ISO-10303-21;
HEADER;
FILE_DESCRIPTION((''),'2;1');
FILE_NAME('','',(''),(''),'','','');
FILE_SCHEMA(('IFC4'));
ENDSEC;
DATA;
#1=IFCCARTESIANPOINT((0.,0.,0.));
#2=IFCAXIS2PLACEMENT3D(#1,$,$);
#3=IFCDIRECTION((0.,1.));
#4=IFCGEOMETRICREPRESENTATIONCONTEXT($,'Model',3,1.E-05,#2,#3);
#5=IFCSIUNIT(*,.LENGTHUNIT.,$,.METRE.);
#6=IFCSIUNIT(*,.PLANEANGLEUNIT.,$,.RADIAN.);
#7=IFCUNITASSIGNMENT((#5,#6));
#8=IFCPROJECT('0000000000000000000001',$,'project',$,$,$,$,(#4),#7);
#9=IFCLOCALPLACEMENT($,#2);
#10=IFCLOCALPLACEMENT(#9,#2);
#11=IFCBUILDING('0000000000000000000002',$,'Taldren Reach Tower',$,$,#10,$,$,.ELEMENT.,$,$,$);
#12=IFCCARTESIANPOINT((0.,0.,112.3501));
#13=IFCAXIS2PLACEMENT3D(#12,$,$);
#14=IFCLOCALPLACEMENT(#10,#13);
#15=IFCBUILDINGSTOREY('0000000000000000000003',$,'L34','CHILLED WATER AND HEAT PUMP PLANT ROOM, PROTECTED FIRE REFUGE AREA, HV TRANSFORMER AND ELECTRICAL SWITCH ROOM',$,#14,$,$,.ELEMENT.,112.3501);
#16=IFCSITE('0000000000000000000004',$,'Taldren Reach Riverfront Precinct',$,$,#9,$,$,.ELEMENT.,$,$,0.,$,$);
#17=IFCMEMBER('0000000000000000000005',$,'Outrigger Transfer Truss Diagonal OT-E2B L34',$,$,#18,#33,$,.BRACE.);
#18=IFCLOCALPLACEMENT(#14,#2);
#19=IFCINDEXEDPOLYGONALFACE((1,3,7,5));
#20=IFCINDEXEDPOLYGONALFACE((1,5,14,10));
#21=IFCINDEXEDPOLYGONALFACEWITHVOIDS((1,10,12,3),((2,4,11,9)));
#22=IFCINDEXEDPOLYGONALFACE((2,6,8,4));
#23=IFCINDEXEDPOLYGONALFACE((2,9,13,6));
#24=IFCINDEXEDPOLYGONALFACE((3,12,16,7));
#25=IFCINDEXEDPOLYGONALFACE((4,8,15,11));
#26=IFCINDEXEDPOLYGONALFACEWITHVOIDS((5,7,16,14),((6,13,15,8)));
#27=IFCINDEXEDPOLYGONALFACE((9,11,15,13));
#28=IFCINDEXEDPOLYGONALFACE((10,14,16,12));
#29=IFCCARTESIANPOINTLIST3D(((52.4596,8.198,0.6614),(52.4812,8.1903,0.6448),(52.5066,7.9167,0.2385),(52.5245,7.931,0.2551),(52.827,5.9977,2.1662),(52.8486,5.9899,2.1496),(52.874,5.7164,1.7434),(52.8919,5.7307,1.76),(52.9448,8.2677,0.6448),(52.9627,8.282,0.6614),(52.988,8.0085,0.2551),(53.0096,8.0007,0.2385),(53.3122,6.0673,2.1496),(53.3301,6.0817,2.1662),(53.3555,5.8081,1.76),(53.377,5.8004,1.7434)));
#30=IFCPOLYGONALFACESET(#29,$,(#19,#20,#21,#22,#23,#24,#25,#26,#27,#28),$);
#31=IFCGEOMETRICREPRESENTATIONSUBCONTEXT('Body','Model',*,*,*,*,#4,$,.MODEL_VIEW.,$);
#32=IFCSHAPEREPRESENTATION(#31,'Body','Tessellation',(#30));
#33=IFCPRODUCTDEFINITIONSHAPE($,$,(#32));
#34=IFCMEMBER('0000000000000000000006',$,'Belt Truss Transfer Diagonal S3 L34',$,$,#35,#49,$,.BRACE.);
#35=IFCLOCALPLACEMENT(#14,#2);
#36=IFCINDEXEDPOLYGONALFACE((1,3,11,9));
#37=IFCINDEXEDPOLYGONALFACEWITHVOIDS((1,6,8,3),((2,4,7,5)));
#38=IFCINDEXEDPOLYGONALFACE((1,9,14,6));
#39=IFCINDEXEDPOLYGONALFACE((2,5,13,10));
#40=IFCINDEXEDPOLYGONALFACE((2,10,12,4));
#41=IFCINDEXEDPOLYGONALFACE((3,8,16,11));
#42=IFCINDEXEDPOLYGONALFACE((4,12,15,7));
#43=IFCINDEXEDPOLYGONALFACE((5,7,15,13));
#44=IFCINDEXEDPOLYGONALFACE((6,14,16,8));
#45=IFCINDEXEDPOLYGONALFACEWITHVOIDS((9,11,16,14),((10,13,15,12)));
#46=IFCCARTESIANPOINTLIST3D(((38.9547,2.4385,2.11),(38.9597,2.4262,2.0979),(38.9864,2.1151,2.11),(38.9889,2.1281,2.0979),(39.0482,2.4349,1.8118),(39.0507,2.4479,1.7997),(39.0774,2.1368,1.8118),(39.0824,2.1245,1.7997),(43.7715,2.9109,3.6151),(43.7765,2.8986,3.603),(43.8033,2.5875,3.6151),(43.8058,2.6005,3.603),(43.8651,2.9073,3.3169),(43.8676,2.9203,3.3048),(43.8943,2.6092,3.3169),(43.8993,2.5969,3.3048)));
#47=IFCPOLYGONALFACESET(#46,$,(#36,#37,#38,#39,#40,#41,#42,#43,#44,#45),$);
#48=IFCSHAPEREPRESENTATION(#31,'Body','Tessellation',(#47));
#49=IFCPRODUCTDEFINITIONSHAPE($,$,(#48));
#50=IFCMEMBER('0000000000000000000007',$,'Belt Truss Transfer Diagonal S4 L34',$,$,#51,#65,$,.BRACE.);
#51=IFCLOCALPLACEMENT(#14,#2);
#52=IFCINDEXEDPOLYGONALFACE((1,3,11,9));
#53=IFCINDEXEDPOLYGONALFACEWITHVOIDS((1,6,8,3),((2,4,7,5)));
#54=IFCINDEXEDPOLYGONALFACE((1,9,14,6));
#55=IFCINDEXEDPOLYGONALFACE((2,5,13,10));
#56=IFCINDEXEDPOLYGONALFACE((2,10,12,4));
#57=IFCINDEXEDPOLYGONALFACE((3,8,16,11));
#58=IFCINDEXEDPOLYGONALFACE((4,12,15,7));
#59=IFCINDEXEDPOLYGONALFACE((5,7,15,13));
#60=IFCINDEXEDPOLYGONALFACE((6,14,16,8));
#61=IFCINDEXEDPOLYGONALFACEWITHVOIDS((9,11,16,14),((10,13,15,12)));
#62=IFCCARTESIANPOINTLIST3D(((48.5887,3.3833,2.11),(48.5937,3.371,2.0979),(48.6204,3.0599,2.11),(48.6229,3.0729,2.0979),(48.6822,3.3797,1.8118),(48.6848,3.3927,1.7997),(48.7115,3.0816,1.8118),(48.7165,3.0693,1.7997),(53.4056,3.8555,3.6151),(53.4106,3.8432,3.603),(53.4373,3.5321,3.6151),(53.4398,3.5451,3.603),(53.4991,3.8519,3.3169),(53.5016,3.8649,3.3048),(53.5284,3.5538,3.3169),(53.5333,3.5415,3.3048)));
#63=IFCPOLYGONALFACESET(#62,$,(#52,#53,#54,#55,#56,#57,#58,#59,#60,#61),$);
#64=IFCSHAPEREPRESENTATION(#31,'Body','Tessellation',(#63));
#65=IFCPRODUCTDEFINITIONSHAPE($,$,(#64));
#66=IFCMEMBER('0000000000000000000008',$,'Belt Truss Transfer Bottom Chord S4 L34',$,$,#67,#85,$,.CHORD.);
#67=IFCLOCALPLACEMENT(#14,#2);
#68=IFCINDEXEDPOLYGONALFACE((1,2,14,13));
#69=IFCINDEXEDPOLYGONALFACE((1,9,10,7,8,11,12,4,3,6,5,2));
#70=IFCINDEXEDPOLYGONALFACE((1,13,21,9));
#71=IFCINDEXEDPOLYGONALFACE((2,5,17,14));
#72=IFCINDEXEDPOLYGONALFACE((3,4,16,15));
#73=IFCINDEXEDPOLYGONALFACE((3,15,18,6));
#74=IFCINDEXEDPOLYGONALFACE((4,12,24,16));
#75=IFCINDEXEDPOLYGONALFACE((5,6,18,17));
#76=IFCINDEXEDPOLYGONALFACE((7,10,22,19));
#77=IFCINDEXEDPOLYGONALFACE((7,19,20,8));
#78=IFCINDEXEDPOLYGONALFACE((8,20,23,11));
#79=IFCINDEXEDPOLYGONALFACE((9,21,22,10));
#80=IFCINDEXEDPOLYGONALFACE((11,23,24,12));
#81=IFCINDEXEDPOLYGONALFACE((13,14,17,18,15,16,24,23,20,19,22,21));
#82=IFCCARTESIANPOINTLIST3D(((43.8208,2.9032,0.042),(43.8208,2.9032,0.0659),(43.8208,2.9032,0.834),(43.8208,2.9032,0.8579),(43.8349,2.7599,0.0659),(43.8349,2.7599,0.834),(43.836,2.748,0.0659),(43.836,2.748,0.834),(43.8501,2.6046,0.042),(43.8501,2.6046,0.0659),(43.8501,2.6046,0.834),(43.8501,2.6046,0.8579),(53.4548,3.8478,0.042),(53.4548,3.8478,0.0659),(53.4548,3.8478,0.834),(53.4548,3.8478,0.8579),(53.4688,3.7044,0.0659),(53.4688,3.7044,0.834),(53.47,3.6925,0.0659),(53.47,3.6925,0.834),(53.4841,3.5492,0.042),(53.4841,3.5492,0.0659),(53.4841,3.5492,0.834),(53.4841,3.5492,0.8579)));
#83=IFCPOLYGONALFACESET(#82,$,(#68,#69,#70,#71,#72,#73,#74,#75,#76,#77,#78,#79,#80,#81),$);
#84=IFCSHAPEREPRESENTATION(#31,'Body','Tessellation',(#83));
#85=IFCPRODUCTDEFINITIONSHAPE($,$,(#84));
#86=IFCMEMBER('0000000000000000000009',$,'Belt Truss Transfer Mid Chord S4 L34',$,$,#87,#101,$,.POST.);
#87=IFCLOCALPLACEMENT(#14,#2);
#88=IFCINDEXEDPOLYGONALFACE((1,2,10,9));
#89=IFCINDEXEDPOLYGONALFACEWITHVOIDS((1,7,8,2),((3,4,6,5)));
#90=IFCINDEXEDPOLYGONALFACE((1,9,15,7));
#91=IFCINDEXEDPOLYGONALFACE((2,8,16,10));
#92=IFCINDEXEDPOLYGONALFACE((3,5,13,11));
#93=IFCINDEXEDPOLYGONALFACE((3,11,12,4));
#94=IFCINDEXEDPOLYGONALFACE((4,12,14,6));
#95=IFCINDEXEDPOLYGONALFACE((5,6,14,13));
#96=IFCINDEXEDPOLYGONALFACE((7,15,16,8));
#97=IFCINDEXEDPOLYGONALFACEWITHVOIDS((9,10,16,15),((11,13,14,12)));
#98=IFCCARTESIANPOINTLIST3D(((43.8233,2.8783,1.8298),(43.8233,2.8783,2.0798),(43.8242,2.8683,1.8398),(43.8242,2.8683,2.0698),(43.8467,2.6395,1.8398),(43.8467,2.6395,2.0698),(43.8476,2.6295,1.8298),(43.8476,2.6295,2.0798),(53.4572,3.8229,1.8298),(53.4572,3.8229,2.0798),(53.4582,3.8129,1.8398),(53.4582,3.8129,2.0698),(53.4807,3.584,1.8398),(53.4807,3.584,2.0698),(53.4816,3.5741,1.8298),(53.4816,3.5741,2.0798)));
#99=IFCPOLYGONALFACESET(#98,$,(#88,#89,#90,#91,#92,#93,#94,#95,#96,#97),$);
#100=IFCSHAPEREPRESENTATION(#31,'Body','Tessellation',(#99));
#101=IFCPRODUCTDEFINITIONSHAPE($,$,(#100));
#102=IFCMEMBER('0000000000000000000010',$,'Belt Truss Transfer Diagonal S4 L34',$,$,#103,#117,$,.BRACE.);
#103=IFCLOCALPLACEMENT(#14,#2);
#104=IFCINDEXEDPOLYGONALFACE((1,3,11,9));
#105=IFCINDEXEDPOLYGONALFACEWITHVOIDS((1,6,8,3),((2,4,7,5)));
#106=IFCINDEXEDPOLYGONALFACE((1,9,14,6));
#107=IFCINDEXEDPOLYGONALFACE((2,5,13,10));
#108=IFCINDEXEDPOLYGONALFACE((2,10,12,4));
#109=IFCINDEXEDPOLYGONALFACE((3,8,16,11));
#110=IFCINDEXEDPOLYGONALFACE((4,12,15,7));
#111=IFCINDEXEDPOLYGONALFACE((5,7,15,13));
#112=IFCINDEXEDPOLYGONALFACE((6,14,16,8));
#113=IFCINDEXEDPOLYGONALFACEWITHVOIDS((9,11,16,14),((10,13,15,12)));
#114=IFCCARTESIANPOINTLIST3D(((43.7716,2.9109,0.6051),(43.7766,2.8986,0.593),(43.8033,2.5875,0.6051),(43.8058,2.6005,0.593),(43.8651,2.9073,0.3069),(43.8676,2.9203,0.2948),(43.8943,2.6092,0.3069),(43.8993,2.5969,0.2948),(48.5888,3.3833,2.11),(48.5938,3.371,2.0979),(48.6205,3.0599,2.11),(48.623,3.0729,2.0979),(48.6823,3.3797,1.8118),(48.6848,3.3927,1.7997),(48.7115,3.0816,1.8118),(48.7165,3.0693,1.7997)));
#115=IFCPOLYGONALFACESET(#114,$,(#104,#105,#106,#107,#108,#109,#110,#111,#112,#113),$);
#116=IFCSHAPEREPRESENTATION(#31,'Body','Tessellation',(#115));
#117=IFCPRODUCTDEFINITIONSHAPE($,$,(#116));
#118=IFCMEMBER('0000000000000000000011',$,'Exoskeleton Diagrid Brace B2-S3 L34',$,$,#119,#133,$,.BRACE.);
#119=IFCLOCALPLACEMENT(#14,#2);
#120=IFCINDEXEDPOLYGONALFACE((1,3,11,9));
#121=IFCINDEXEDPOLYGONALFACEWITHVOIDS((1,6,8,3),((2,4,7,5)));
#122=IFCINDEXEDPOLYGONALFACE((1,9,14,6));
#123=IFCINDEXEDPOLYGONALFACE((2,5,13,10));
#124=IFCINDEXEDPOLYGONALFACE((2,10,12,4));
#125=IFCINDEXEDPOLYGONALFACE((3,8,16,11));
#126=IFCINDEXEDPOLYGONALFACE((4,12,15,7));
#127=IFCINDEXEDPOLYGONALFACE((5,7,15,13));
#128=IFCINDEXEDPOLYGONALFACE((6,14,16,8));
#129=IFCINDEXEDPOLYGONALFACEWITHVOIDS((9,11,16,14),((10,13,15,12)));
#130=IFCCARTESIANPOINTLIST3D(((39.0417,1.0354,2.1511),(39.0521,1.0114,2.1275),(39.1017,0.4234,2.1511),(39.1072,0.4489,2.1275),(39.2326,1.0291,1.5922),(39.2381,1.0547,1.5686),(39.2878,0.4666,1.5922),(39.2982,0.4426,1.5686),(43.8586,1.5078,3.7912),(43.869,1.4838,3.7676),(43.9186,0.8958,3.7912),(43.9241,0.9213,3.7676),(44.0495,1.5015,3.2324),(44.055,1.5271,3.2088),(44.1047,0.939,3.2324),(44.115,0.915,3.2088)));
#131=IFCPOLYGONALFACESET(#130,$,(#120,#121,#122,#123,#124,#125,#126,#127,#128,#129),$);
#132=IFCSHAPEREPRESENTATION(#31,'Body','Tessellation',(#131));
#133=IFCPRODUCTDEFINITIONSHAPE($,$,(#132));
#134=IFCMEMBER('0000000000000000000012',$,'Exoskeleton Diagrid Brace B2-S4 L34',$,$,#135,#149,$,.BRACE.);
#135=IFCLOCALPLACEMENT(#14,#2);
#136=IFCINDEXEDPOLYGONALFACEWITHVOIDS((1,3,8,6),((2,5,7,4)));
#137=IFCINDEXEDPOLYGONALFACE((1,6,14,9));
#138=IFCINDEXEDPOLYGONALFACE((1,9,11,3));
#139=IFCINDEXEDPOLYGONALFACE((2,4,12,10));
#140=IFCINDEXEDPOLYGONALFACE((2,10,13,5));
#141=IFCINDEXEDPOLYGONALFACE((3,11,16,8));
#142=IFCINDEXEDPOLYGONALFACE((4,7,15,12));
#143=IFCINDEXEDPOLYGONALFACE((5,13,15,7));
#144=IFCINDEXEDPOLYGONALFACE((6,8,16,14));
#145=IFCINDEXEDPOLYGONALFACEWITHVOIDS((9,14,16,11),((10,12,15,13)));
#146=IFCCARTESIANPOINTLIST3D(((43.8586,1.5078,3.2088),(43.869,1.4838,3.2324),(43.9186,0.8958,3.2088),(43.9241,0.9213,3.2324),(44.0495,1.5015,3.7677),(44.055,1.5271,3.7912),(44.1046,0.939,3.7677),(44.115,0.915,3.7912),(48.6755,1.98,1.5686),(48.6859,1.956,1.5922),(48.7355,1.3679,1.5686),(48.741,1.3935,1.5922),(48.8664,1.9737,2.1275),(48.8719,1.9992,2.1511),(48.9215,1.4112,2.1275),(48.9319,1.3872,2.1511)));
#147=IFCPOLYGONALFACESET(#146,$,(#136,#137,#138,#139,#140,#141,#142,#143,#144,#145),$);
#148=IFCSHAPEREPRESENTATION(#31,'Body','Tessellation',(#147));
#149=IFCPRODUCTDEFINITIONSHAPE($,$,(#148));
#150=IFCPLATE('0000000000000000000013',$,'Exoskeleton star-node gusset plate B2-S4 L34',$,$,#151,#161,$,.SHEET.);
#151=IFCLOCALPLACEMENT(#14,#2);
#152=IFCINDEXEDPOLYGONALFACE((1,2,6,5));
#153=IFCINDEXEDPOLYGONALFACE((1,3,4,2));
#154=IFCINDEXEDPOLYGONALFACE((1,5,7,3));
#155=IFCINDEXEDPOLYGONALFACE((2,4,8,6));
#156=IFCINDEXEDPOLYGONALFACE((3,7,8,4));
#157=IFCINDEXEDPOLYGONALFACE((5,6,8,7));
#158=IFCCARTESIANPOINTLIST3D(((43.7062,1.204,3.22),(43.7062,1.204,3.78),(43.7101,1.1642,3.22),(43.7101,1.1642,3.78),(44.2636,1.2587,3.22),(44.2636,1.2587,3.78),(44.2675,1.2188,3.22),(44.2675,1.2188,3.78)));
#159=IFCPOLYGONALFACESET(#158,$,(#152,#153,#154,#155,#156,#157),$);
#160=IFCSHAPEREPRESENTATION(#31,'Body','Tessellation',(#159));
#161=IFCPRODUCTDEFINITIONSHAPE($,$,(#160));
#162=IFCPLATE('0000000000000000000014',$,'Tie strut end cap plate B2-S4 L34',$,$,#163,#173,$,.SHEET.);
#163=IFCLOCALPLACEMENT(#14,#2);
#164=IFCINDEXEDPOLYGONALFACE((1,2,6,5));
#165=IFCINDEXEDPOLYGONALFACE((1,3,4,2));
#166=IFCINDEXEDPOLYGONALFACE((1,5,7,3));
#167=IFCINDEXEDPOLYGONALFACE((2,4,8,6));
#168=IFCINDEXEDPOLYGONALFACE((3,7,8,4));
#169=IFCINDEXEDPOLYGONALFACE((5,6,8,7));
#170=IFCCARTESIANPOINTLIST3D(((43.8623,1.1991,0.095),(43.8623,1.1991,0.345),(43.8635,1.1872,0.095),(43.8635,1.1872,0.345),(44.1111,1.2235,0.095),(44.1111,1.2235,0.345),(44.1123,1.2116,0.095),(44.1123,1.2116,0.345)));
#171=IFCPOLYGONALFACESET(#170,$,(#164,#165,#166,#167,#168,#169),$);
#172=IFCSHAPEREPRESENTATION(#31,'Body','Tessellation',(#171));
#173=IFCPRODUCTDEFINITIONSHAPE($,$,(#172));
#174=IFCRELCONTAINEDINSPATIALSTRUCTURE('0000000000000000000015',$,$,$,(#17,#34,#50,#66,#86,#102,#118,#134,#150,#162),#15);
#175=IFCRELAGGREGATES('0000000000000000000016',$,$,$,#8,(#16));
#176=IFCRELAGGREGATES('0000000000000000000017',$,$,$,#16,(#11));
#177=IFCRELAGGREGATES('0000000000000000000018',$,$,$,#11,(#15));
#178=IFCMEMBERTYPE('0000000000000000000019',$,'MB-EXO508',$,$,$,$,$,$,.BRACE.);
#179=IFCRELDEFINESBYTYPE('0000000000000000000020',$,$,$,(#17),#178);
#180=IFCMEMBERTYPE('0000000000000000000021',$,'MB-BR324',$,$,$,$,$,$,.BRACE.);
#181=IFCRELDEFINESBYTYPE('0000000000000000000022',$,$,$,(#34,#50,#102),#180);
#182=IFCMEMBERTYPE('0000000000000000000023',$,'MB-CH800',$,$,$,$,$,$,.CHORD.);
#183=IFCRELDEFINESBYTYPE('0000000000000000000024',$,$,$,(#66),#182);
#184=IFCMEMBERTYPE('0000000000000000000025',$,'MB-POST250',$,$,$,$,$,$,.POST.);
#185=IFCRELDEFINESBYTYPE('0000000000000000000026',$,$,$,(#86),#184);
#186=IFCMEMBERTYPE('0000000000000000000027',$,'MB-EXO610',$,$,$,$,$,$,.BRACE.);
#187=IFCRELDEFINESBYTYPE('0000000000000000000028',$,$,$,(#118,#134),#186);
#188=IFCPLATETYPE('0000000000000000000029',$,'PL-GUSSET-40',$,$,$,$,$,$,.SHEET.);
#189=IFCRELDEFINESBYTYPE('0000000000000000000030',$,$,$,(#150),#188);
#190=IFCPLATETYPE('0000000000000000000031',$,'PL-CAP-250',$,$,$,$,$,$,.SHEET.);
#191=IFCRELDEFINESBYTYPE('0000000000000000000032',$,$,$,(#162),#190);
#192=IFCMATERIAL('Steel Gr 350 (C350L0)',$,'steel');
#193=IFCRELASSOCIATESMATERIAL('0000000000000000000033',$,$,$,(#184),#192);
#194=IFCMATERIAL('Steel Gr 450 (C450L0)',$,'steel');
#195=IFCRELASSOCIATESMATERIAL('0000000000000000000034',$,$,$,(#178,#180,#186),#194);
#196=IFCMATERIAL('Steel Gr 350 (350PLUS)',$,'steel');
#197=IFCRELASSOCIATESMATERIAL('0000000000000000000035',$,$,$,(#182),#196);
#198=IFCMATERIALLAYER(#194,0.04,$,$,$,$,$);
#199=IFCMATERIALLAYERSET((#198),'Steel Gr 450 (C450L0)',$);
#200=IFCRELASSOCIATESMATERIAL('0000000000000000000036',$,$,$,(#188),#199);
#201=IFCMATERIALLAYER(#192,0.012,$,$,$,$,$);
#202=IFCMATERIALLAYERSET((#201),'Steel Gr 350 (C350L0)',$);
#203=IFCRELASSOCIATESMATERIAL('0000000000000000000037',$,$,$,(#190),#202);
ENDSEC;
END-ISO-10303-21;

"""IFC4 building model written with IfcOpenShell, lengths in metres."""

from ifc_helpers import new_model, si_unit, direction, frame, origin, origin_2d, place, context, subcontext, project, spatial, rectangle, hollow_rectangle, i_section, extrude, source, transform, mapped, material, layer, layer_set, material_profile, profile_set, type_object, element, save


model = new_model("IFC4")

# Units and contexts
model_context = context("Model", 3, precision=1e-05, world=origin(), true_north=direction((0.0, 1.0)))
body_context = subcontext(model_context, "Body", "Model", "MODEL_VIEW")
ifc_project = project(units=[si_unit("LENGTHUNIT", "METRE"), si_unit("PLANEANGLEUNIT", "RADIAN")], contexts=[model_context])

# Site, building, storey
site_placement = place(None, origin())
site = spatial("IfcSite", under=ifc_project, at=site_placement, Name="Taldren Reach Riverfront Precinct", CompositionType="ELEMENT", RefElevation=0.0)
building_placement = place(site_placement, origin())
building = spatial("IfcBuilding", under=site, at=building_placement, Name="Taldren Reach Tower", CompositionType="ELEMENT")
storey_placement = place(building_placement, frame((0.0, 0.0, 112.3501)))
storey = spatial("IfcBuildingStorey", under=building, at=storey_placement, Name="L34", Description="CHILLED WATER AND HEAT PUMP PLANT ROOM, PROTECTED FIRE REFUGE AREA, HV TRANSFORMER AND ELECTRICAL SWITCH ROOM", CompositionType="ELEMENT", Elevation=112.3501)

# Shared definitions
ifc_material_1 = material(Name="Steel Gr 350 (350PLUS)", Category="steel")

# Shared definitions
ifc_material_2 = material(Name="Steel Gr 450 (C450L0)", Category="steel")
ifc_material_3 = material(Name="Steel Gr 350 (C350L0)", Category="steel")
ifc_material_profile_1 = material_profile(ifc_material_3, hollow_rectangle(XDim=0.25, YDim=0.25, WallThickness=0.01, at=origin_2d()), Name="250x250x10.0SHS")
ifc_profile_set_1 = profile_set([ifc_material_profile_1], Name="Steel Gr 350 (C350L0)")
member_type_1 = type_object("IfcMemberType", Name="MB-POST250", PredefinedType="POST", material=ifc_profile_set_1)

# Members
ifc_material_profile_2 = material_profile(ifc_material_2, hollow_rectangle(XDim=0.51, YDim=0.51, WallThickness=0.02, at=origin_2d()), Name="510x510x20.0SHS")
ifc_profile_set_2 = profile_set([ifc_material_profile_2], Name="Steel Gr 450 (C450L0)")
member_type_2 = type_object("IfcMemberType", Name="MB-EXO508", PredefinedType="BRACE", material=ifc_profile_set_2)
shared_shape_1 = source(origin(), body_context, "Body", "SweptSolid", [
    extrude(hollow_rectangle(XDim=0.51, YDim=0.51, WallThickness=0.02, at=origin_2d()), origin(), (0.0, 0.0, 1.0), 2.6909),
])
member_1_placement = place(storey_placement, frame((52.7346, 8.0994, 0.45), z_axis=(0.13654, -0.817696, 0.559223), x_axis=(0.986344, 0.164701, 0.0)))
element("IfcMember", 1, at=member_1_placement, inside=storey, type_object=member_type_2, Name="Outrigger Transfer Truss Diagonal OT-E2B L34", PredefinedType="BRACE", context=body_context, shape_type="MappedRepresentation", body=[
    mapped(shared_shape_1, transform((0.0, 0.0, 0.0), scale=1.0)),
])
ifc_material_profile_3 = material_profile(ifc_material_2, hollow_rectangle(XDim=0.325, YDim=0.325, WallThickness=0.0127, at=origin_2d()), Name="325x325x12.7SHS")
ifc_profile_set_3 = profile_set([ifc_material_profile_3], Name="Steel Gr 450 (C450L0)")
member_type_3 = type_object("IfcMemberType", Name="MB-BR324", PredefinedType="BRACE", material=ifc_profile_set_3)
shared_shape_2 = source(origin(), body_context, "Body", "SweptSolid", [
    extrude(hollow_rectangle(XDim=0.325, YDim=0.325, WallThickness=0.0127, at=origin_2d()), origin(), (0.0, 0.0, 1.0), 5.0686),
])
for number, where, z_axis, x_axis, name in (
    (2, (39.0186, 2.2815, 1.9548), (0.950334, 0.093203, 0.296949), (-0.097606, 0.995225, 0.0), "Belt Truss Transfer Diagonal S3 L34"),
    (3, (48.6526, 3.2263, 1.9548), (0.950338, 0.093155, 0.296951), (-0.097556, 0.99523, 0.0), "Belt Truss Transfer Diagonal S4 L34"),
):
    element("IfcMember", number, at=place(storey_placement, frame(where, z_axis=z_axis, x_axis=x_axis)), inside=storey, type_object=member_type_3, Name=name, PredefinedType="BRACE", context=body_context, shape_type="MappedRepresentation", body=[
        mapped(shared_shape_2, transform((0.0, 0.0, 0.0), scale=1.0)),
    ])
ifc_material_profile_4 = material_profile(ifc_material_1, i_section(OverallWidth=0.3, OverallDepth=0.8159, WebThickness=0.012, FlangeThickness=0.0239, at=origin_2d()), Name="800WB192")
ifc_profile_set_4 = profile_set([ifc_material_profile_4], Name="Steel Gr 350 (350PLUS)")
member_type_4 = type_object("IfcMemberType", Name="MB-CH800", PredefinedType="CHORD", material=ifc_profile_set_4)
shared_shape_3 = source(origin(), body_context, "Body", "SweptSolid", [
    extrude(i_section(OverallWidth=0.3, OverallDepth=0.8159, WebThickness=0.012, FlangeThickness=0.0239, at=origin_2d()), origin(), (0.0, 0.0, 1.0), 9.6802),
])
member_2_placement = place(storey_placement, frame((43.8354, 2.7539, 0.45), z_axis=(0.995228, 0.097578, 0.0), x_axis=(-0.097578, 0.995228, 0.0)))
element("IfcMember", 4, at=member_2_placement, inside=storey, type_object=member_type_4, Name="Belt Truss Transfer Bottom Chord S4 L34", PredefinedType="CHORD", context=body_context, shape_type="MappedRepresentation", body=[
    mapped(shared_shape_3, transform((0.0, 0.0, 0.0), scale=1.0)),
])
shared_shape_4 = source(origin(), body_context, "Body", "SweptSolid", [
    extrude(hollow_rectangle(XDim=0.25, YDim=0.25, WallThickness=0.01, at=origin_2d()), origin(), (0.0, 0.0, 1.0), 9.6802),
])
member_3_placement = place(storey_placement, frame((43.8354, 2.7539, 1.9548), z_axis=(0.995228, 0.097578, 0.0), x_axis=(-0.097578, 0.995228, 0.0)))
element("IfcMember", 5, at=member_3_placement, inside=storey, type_object=member_type_1, Name="Belt Truss Transfer Mid Chord S4 L34", PredefinedType="POST", context=body_context, shape_type="MappedRepresentation", body=[
    mapped(shared_shape_4, transform((0.0, 0.0, 0.0), scale=1.0)),
])
shared_shape_5 = source(origin(), body_context, "Body", "SweptSolid", [
    extrude(hollow_rectangle(XDim=0.325, YDim=0.325, WallThickness=0.0127, at=origin_2d()), origin(), (0.0, 0.0, 1.0), 5.0688),
])
member_4_placement = place(storey_placement, frame((43.8354, 2.7539, 0.45), z_axis=(0.950352, 0.0932, 0.296892), x_axis=(-0.097601, 0.995226, 0.0)))
element("IfcMember", 6, at=member_4_placement, inside=storey, type_object=member_type_3, Name="Belt Truss Transfer Diagonal S4 L34", PredefinedType="BRACE", context=body_context, shape_type="MappedRepresentation", body=[
    mapped(shared_shape_5, transform((0.0, 0.0, 0.0), scale=1.0)),
])
ifc_material_profile_5 = material_profile(ifc_material_2, hollow_rectangle(XDim=0.615, YDim=0.615, WallThickness=0.0249, at=origin_2d()), Name="615x615x25.0SHS")
ifc_profile_set_5 = profile_set([ifc_material_profile_5], Name="Steel Gr 450 (C450L0)")
member_type_5 = type_object("IfcMemberType", Name="MB-EXO610", PredefinedType="BRACE", material=ifc_profile_set_5)
shared_shape_6 = source(origin(), body_context, "Body", "SweptSolid", [
    extrude(hollow_rectangle(XDim=0.615, YDim=0.615, WallThickness=0.0249, at=origin_2d()), origin(), (0.0, 0.0, 1.0), 5.1104),
])
for number, where, z_axis, x_axis, name in (
    (7, (39.1699, 0.739, 1.8599), (0.942576, 0.092442, 0.320944), (-0.097606, 0.995225, 0.0), "Exoskeleton Diagrid Brace B2-S3 L34"),
    (8, (48.8037, 1.6836, 1.8599), (-0.94258, -0.092395, 0.320945), (0.097556, -0.99523, 0.0), "Exoskeleton Diagrid Brace B2-S4 L34"),
):
    element("IfcMember", number, at=place(storey_placement, frame(where, z_axis=z_axis, x_axis=x_axis)), inside=storey, type_object=member_type_5, Name=name, PredefinedType="BRACE", context=body_context, shape_type="MappedRepresentation", body=[
        mapped(shared_shape_6, transform((0.0, 0.0, 0.0), scale=1.0)),
    ])

# Plates
ifc_layer_1 = layer(ifc_material_2, 0.04)
ifc_layer_set_1 = layer_set([ifc_layer_1], Name="Steel Gr 450 (C450L0)")
plate_type_1 = type_object("IfcPlateType", Name="PL-GUSSET-40", PredefinedType="SHEET", material=ifc_layer_set_1)
shared_shape_7 = source(origin(), body_context, "Body", "SweptSolid", [
    extrude(rectangle(XDim=0.5601, YDim=0.04, at=origin_2d()), origin(), (0.0, 0.0, 1.0), 0.5601),
])
plate_1_placement = place(storey_placement, frame((43.9868, 1.2114, 3.22), z_axis=(0.0, 0.0, 1.0), x_axis=(0.995227, 0.097583, 0.0)))
element("IfcPlate", 9, at=plate_1_placement, inside=storey, type_object=plate_type_1, Name="Exoskeleton star-node gusset plate B2-S4 L34", PredefinedType="SHEET", context=body_context, shape_type="MappedRepresentation", body=[
    mapped(shared_shape_7, transform((0.0, 0.0, 0.0), scale=1.0)),
])
ifc_layer_2 = layer(ifc_material_3, 0.012)
ifc_layer_set_2 = layer_set([ifc_layer_2], Name="Steel Gr 350 (C350L0)")
plate_type_2 = type_object("IfcPlateType", Name="PL-CAP-250", PredefinedType="SHEET", material=ifc_layer_set_2)
shared_shape_8 = source(origin(), body_context, "Body", "SweptSolid", [
    extrude(rectangle(XDim=0.25, YDim=0.012, at=origin_2d()), origin(), (0.0, 0.0, 1.0), 0.25),
])
plate_2_placement = place(storey_placement, frame((43.9873, 1.2053, 0.095), z_axis=(0.0, 0.0, 1.0), x_axis=(0.995227, 0.097583, 0.0)))
element("IfcPlate", 10, at=plate_2_placement, inside=storey, type_object=plate_type_2, Name="Tie strut end cap plate B2-S4 L34", PredefinedType="SHEET", context=body_context, shape_type="MappedRepresentation", body=[
    mapped(shared_shape_8, transform((0.0, 0.0, 0.0), scale=1.0)),
])

save(model, "model.ifc")
